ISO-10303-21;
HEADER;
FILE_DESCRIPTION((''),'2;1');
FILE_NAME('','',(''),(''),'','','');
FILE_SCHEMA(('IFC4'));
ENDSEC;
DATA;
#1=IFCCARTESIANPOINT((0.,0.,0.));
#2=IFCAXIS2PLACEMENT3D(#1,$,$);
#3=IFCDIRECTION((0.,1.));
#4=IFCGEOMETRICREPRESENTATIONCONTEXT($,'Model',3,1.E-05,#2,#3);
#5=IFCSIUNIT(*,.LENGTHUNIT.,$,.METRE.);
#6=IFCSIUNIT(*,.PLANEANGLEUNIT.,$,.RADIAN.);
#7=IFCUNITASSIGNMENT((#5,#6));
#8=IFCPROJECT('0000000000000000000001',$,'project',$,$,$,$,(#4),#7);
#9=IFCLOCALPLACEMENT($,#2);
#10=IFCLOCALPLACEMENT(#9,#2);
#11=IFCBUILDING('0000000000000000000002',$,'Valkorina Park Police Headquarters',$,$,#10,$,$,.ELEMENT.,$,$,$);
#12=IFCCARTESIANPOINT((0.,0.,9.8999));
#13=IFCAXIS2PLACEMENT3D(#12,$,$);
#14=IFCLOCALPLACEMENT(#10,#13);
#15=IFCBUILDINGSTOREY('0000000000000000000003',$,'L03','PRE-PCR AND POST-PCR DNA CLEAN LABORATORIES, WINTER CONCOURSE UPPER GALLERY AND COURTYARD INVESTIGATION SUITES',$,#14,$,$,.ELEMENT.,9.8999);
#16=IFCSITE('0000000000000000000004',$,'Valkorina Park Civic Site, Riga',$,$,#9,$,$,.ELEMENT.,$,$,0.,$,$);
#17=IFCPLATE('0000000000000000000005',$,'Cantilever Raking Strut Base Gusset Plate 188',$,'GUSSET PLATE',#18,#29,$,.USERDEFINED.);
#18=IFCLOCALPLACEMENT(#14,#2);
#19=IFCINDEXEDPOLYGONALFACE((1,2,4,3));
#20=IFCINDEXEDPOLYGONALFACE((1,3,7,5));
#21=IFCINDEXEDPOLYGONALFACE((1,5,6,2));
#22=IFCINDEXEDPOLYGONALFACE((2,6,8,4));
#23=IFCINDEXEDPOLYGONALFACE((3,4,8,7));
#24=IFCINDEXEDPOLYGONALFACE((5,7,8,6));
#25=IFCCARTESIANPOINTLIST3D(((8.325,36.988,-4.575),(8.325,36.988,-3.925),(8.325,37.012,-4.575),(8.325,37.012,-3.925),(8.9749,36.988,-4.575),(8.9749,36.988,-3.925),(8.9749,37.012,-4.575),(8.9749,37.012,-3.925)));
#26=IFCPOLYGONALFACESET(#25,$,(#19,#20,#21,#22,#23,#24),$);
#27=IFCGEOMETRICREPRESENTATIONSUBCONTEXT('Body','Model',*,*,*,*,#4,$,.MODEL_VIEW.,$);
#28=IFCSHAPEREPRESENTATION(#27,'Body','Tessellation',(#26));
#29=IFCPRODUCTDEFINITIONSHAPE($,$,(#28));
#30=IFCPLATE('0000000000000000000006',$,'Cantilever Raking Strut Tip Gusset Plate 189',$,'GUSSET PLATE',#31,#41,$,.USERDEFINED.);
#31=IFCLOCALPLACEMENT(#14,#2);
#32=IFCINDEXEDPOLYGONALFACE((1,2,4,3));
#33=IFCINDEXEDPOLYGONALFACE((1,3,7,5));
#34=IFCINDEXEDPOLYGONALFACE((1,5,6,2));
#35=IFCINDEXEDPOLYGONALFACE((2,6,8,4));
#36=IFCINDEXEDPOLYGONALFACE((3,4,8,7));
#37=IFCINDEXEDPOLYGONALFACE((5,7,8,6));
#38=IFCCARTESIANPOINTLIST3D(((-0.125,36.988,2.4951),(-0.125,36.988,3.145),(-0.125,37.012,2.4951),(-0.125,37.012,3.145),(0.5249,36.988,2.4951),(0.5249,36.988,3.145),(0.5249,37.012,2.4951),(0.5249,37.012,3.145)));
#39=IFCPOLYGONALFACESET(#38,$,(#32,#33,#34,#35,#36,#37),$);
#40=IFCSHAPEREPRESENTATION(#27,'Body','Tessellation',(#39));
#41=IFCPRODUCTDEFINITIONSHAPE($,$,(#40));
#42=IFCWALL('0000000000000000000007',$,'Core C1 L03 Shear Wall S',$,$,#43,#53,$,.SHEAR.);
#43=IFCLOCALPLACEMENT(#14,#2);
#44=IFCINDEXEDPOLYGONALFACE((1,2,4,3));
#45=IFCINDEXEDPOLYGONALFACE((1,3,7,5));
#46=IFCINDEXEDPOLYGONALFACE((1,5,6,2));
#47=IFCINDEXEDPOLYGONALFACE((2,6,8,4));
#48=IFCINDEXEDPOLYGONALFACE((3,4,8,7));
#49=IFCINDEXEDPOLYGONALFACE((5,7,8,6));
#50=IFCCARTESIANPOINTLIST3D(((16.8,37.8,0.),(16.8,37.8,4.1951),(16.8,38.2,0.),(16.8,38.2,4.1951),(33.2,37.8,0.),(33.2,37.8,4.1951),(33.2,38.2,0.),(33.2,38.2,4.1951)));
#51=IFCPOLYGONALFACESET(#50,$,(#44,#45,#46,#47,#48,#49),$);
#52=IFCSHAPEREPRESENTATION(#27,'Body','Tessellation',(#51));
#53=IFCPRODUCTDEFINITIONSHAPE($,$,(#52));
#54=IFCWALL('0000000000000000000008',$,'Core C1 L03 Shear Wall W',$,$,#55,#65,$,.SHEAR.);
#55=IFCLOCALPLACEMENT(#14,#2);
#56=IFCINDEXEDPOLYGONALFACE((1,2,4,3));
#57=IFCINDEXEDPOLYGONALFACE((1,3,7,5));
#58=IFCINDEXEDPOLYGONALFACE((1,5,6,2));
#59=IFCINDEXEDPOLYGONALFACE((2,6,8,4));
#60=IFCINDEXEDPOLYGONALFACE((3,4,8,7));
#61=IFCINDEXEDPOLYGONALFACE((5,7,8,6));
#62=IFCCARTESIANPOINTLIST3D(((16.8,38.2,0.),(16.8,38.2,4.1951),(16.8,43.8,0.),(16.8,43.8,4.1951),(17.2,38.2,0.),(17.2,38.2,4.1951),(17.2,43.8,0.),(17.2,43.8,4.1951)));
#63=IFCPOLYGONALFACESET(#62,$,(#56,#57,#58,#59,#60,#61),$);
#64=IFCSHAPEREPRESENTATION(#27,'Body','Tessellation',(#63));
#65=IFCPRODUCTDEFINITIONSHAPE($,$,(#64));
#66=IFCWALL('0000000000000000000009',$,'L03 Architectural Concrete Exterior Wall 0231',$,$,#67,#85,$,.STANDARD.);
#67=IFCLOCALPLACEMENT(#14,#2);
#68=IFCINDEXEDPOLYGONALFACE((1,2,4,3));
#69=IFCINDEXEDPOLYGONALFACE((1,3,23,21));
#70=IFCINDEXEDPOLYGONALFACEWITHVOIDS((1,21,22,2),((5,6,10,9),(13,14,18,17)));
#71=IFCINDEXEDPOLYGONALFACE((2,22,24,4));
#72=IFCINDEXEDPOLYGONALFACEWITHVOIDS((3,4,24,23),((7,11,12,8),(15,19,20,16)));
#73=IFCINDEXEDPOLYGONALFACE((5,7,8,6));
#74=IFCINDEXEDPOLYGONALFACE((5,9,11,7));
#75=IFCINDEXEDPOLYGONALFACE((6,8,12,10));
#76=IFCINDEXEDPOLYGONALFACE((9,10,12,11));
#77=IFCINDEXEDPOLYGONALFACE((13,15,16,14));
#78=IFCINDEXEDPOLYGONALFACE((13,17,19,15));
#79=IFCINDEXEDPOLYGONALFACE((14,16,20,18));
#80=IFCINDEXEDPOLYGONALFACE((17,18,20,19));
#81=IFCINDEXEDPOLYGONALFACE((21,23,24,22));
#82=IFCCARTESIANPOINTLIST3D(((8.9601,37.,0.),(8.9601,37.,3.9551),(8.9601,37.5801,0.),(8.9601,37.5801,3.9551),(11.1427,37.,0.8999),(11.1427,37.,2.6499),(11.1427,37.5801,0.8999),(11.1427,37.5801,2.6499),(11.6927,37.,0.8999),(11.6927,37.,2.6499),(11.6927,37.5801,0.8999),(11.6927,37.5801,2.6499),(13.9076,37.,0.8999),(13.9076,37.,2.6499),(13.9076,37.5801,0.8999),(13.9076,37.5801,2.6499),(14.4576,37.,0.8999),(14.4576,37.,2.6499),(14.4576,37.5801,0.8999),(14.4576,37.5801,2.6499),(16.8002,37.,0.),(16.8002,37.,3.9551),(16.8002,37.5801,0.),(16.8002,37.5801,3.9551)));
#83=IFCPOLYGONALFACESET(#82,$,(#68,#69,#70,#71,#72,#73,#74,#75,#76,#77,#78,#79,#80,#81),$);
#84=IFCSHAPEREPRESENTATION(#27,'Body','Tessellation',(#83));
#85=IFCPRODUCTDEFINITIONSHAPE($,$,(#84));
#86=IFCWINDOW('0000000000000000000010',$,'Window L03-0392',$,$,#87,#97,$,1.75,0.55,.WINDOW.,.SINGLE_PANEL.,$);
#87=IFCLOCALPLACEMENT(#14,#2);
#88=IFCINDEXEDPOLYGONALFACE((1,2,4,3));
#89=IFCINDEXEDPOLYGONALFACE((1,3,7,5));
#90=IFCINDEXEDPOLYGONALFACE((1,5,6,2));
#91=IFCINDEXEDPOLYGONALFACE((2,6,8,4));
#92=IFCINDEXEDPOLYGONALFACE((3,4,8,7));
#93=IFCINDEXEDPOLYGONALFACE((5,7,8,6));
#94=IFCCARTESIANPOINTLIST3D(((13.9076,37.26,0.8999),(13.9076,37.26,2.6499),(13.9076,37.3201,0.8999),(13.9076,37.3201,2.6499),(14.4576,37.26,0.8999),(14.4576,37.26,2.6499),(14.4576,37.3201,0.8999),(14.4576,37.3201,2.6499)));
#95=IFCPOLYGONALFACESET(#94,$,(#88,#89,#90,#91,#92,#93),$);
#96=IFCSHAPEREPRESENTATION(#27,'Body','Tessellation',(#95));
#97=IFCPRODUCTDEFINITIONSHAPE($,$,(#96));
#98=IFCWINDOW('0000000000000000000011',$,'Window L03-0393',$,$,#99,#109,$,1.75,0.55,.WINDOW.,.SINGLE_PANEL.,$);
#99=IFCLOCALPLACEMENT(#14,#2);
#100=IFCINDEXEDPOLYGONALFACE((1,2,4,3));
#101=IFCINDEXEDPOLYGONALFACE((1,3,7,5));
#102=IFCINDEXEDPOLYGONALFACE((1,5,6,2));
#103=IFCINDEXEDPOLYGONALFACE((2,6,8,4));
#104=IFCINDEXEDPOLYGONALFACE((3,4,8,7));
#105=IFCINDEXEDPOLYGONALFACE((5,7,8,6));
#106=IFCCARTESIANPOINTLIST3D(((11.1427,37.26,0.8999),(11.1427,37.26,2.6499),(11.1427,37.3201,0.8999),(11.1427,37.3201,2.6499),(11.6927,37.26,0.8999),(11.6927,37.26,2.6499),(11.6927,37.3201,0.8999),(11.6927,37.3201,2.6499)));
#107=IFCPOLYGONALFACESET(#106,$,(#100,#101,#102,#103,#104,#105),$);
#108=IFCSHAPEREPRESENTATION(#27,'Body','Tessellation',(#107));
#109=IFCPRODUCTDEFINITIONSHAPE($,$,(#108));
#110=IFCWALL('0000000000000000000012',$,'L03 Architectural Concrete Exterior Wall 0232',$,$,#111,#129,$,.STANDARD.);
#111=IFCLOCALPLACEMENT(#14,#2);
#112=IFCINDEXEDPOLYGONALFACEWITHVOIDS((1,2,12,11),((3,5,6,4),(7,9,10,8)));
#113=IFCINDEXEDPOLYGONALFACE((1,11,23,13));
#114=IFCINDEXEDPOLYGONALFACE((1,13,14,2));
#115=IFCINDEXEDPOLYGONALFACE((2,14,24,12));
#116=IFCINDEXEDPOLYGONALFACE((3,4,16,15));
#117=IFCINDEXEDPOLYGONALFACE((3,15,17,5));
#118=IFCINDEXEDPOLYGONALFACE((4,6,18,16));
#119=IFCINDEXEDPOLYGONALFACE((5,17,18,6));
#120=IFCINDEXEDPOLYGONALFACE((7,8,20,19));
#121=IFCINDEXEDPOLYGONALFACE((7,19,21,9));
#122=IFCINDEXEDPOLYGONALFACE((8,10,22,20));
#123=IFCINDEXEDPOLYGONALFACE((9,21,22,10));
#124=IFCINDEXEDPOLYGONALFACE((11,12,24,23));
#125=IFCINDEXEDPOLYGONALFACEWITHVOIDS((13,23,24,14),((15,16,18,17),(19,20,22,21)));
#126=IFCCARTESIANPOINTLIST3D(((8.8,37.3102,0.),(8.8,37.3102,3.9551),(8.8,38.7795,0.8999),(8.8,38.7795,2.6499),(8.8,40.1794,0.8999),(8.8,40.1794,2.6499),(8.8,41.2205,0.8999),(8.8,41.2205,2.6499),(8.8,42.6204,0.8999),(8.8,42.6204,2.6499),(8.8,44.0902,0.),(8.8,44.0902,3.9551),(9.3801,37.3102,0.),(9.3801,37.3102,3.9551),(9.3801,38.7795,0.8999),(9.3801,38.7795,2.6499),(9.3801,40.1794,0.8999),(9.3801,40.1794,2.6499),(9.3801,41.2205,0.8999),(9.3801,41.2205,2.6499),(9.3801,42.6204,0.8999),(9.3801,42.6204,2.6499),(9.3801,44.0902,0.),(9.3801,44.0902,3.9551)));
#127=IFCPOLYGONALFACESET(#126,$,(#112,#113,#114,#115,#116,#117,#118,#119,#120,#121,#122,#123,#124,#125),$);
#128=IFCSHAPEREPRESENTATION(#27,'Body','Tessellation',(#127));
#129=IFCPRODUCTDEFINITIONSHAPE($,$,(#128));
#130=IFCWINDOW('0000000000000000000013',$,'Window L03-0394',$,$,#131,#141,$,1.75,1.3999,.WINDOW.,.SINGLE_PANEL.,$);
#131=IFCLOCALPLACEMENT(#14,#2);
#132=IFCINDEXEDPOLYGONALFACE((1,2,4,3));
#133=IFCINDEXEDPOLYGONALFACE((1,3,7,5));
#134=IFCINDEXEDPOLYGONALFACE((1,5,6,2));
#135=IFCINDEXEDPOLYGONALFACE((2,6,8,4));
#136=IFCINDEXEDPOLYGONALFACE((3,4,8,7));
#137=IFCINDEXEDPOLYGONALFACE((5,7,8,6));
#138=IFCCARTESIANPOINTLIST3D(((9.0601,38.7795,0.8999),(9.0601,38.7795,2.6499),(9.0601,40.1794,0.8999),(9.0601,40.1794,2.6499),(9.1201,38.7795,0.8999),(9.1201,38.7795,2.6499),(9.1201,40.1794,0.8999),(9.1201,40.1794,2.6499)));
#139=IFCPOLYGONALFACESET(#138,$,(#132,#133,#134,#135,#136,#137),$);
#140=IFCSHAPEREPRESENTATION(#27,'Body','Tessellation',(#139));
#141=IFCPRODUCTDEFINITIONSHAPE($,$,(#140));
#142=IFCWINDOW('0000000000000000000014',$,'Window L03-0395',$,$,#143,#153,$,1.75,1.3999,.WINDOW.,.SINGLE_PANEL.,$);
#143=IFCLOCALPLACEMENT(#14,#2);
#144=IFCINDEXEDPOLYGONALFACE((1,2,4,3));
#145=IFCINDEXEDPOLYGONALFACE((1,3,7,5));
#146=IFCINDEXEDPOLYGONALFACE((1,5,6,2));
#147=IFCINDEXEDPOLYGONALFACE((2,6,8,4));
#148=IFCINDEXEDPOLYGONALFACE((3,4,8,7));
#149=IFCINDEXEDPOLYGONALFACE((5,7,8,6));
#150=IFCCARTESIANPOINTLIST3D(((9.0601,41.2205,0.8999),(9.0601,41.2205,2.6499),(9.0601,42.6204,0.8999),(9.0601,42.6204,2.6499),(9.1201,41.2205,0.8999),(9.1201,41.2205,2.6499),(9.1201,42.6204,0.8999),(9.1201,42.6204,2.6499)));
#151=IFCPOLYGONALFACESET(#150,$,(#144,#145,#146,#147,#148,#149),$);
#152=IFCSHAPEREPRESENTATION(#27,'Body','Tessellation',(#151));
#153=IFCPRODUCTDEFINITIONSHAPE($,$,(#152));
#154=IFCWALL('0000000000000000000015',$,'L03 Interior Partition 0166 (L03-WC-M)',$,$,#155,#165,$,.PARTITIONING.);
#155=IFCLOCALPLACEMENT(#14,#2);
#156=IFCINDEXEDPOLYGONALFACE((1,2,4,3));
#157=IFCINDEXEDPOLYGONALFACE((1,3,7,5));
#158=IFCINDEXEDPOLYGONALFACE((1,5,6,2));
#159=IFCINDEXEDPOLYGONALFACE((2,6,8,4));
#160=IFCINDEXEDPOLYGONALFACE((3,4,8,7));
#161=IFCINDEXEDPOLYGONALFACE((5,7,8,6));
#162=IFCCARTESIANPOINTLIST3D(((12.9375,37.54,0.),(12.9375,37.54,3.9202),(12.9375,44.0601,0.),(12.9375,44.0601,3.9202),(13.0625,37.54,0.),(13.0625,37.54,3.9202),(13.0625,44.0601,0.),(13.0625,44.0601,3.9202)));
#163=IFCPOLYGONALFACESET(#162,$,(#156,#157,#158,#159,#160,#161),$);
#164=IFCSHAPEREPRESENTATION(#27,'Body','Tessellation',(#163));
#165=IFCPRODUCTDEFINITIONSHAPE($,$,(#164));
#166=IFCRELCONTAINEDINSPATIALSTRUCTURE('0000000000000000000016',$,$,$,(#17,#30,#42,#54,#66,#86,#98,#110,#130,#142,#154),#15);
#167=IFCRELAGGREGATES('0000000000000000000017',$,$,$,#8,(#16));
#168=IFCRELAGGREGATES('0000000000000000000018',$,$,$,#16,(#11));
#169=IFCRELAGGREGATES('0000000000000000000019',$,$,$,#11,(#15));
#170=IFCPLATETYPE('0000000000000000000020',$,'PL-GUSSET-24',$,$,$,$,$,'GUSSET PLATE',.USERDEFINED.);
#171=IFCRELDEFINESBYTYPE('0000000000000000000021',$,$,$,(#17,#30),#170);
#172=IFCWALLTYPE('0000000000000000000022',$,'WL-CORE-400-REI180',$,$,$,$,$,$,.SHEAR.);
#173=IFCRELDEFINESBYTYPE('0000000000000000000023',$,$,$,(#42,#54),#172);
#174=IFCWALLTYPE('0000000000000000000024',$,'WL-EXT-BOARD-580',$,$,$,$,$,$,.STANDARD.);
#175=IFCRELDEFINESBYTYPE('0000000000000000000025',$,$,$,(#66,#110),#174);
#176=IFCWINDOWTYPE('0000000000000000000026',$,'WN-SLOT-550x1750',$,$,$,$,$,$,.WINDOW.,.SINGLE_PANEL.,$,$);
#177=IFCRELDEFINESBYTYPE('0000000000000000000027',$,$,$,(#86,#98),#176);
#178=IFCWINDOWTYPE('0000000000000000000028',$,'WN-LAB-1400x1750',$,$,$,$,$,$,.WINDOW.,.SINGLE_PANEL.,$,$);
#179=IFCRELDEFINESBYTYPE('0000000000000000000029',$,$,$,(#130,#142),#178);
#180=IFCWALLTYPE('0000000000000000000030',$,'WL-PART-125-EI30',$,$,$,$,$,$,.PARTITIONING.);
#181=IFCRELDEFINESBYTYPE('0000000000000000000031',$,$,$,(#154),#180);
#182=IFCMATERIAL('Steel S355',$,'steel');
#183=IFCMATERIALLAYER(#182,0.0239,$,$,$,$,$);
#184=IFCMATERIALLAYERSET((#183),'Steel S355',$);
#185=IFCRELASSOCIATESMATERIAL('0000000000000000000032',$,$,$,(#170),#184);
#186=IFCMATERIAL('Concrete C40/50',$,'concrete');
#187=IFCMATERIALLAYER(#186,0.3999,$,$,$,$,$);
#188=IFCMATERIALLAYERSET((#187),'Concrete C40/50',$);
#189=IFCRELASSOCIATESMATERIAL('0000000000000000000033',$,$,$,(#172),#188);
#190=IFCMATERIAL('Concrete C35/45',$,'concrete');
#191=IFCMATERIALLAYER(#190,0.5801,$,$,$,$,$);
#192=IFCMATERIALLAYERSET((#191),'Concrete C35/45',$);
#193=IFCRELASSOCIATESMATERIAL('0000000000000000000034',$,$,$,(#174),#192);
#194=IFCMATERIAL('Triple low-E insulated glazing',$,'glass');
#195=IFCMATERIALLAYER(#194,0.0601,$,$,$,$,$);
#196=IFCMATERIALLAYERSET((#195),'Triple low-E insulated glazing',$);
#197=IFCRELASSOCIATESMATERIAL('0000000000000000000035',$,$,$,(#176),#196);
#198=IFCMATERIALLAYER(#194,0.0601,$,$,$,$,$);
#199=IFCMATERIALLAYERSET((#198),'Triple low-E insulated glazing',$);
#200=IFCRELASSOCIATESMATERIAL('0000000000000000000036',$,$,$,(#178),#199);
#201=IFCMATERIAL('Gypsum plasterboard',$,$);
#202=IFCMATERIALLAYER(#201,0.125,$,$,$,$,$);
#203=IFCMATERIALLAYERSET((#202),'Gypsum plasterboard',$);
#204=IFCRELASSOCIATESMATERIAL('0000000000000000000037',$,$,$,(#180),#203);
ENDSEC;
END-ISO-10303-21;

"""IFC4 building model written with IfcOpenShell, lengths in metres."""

from ifc_helpers import new_model, si_unit, direction, frame, frame_2d, origin, origin_2d, place, context, subcontext, project, spatial, rectangle, extrude, material, layer, layer_set, type_object, element, fill, save


model = new_model("IFC4")

# Units and contexts
model_context = context("Model", 3, precision=1e-05, world=origin(), true_north=direction((0.0, 1.0)))
body_context = subcontext(model_context, "Body", "Model", "MODEL_VIEW")
ifc_project = project(units=[si_unit("LENGTHUNIT", "METRE"), si_unit("PLANEANGLEUNIT", "RADIAN")], contexts=[model_context])

# Site, building, storey
site_placement = place(None, origin())
site = spatial("IfcSite", under=ifc_project, at=site_placement, Name="Valkorina Park Civic Site, Riga", CompositionType="ELEMENT", RefElevation=0.0)
building_placement = place(site_placement, origin())
building = spatial("IfcBuilding", under=site, at=building_placement, Name="Valkorina Park Police Headquarters", CompositionType="ELEMENT")
storey_placement = place(building_placement, frame((0.0, 0.0, 9.8999)))
storey = spatial("IfcBuildingStorey", under=building, at=storey_placement, Name="L03", Description="PRE-PCR AND POST-PCR DNA CLEAN LABORATORIES, WINTER CONCOURSE UPPER GALLERY AND COURTYARD INVESTIGATION SUITES", CompositionType="ELEMENT", Elevation=9.8999)

# Shared definitions
ifc_material_1 = material(Name="Steel S355", Category="steel")

# Plates
ifc_layer_1 = layer(ifc_material_1, 0.0239)
ifc_layer_set_1 = layer_set([ifc_layer_1], Name="Steel S355")
plate_type = type_object("IfcPlateType", Name="PL-GUSSET-24", ElementType="GUSSET PLATE", PredefinedType="USERDEFINED", material=ifc_layer_set_1)
for number, where, z_axis, x_axis, name in (
    (1, (8.6499, 37.0, -4.575), (0.0, 0.0, 1.0), (1.0, 0.0, 0.0), "Cantilever Raking Strut Base Gusset Plate 188"),
    (2, (0.2, 37.0, 2.4951), (0.0, 0.0, 1.0), (1.0, 0.0, 0.0), "Cantilever Raking Strut Tip Gusset Plate 189"),
):
    element("IfcPlate", number, at=place(storey_placement, frame(where, z_axis=z_axis, x_axis=x_axis)), inside=storey, type_object=plate_type, Name=name, ObjectType="GUSSET PLATE", PredefinedType="USERDEFINED", context=body_context, shape_type="SweptSolid", body=[
        extrude(rectangle(XDim=0.6499, YDim=0.0239, at=origin_2d()), origin(), (0.0, 0.0, 1.0), 0.6499),
    ])

# Walls
ifc_material_2 = material(Name="Concrete C40/50", Category="concrete")
ifc_layer_2 = layer(ifc_material_2, 0.3999)
ifc_layer_set_2 = layer_set([ifc_layer_2], Name="Concrete C40/50")
wall_type_1 = type_object("IfcWallType", Name="WL-CORE-400-REI180", PredefinedType="SHEAR", material=ifc_layer_set_2)
wall_1_placement = place(storey_placement, frame((16.8, 38.0, 0.0), z_axis=(0.0, 0.0, 1.0), x_axis=(1.0, 0.0, 0.0)))
element("IfcWall", 3, at=wall_1_placement, inside=storey, type_object=wall_type_1, Name="Core C1 L03 Shear Wall S", PredefinedType="SHEAR", context=body_context, shape_type="SweptSolid", body=[
    extrude(rectangle(XDim=16.3999, YDim=0.3999, at=frame_2d((8.2, 0.0))), origin(), (0.0, 0.0, 1.0), 4.1951),
])
wall_2_placement = place(storey_placement, frame((17.0, 38.2, 0.0), z_axis=(0.0, 0.0, 1.0), x_axis=(0.0, 1.0, 0.0)))
element("IfcWall", 4, at=wall_2_placement, inside=storey, type_object=wall_type_1, Name="Core C1 L03 Shear Wall W", PredefinedType="SHEAR", context=body_context, shape_type="SweptSolid", body=[
    extrude(rectangle(XDim=5.6001, YDim=0.3999, at=frame_2d((2.8, 0.0))), origin(), (0.0, 0.0, 1.0), 4.1951),
])

# Walls, openings, windows
ifc_material_3 = material(Name="Concrete C35/45", Category="concrete")
ifc_layer_3 = layer(ifc_material_3, 0.5801)
ifc_layer_set_3 = layer_set([ifc_layer_3], Name="Concrete C35/45")
wall_type_2 = type_object("IfcWallType", Name="WL-EXT-BOARD-580", PredefinedType="STANDARD", material=ifc_layer_set_3)
wall_3_placement = place(storey_placement, frame((16.8, 37.29, 0.0), z_axis=(0.0, 0.0, 1.0), x_axis=(-1.0, 0.0, 0.0)))
wall_3 = element("IfcWall", 5, at=wall_3_placement, inside=storey, type_object=wall_type_2, Name="L03 Architectural Concrete Exterior Wall 0231", PredefinedType="STANDARD", context=body_context, shape_type="SweptSolid", body=[
    extrude(rectangle(XDim=7.8401, YDim=0.5801, at=frame_2d((3.9199, 0.0))), origin(), (0.0, 0.0, 1.0), 3.9551),
])
opening_1_placement = place(wall_3_placement, frame((2.3425, 0.0, 0.8999)))
opening_1 = element("IfcOpeningElement", 6, at=opening_1_placement, cuts=wall_3, PredefinedType="OPENING", context=body_context, shape_type="SweptSolid", body=[
    extrude(rectangle(XDim=0.55, YDim=1.75, at=frame_2d((0.2749, 0.875))), frame((0.0, 0.3, 0.0), z_axis=(0.0, -1.0, 0.0), x_axis=(1.0, 0.0, 0.0)), (0.0, 0.0, 1.0), 0.6001),
])
opening_2_placement = place(wall_3_placement, frame((5.1074, 0.0, 0.8999)))
opening_2 = element("IfcOpeningElement", 7, at=opening_2_placement, cuts=wall_3, PredefinedType="OPENING", context=body_context, shape_type="SweptSolid", body=[
    extrude(rectangle(XDim=0.55, YDim=1.75, at=frame_2d((0.2749, 0.875))), frame((0.0, 0.3, 0.0), z_axis=(0.0, -1.0, 0.0), x_axis=(1.0, 0.0, 0.0)), (0.0, 0.0, 1.0), 0.6001),
])
ifc_material_4 = material(Name="Triple low-E insulated glazing", Category="glass")
ifc_layer_4 = layer(ifc_material_4, 0.0601)
ifc_layer_set_4 = layer_set([ifc_layer_4], Name="Triple low-E insulated glazing")
window_type_1 = type_object("IfcWindowType", Name="WN-SLOT-550x1750", PartitioningType="SINGLE_PANEL", PredefinedType="WINDOW", material=ifc_layer_set_4)
window_1_placement = place(opening_1_placement, origin())
window_1 = element("IfcWindow", 8, at=window_1_placement, inside=storey, type_object=window_type_1, Name="Window L03-0392", OverallHeight=1.75, OverallWidth=0.55, PartitioningType="SINGLE_PANEL", PredefinedType="WINDOW", context=body_context, shape_type="SweptSolid", body=[
    extrude(rectangle(XDim=0.55, YDim=1.75, at=frame_2d((0.2749, 0.875))), frame((0.0, 0.03, 0.0), z_axis=(0.0, -1.0, 0.0), x_axis=(1.0, 0.0, 0.0)), (0.0, 0.0, 1.0), 0.0601),
])
fill(opening_1, window_1)
window_2_placement = place(opening_2_placement, origin())
window_2 = element("IfcWindow", 9, at=window_2_placement, inside=storey, type_object=window_type_1, Name="Window L03-0393", OverallHeight=1.75, OverallWidth=0.55, PartitioningType="SINGLE_PANEL", PredefinedType="WINDOW", context=body_context, shape_type="SweptSolid", body=[
    extrude(rectangle(XDim=0.55, YDim=1.75, at=frame_2d((0.2749, 0.875))), frame((0.0, 0.03, 0.0), z_axis=(0.0, -1.0, 0.0), x_axis=(1.0, 0.0, 0.0)), (0.0, 0.0, 1.0), 0.0601),
])
fill(opening_2, window_2)
wall_4_placement = place(storey_placement, frame((9.0901, 37.3101, 0.0), z_axis=(0.0, 0.0, 1.0), x_axis=(0.0, 1.0, 0.0)))
wall_4 = element("IfcWall", 10, at=wall_4_placement, inside=storey, type_object=wall_type_2, Name="L03 Architectural Concrete Exterior Wall 0232", PredefinedType="STANDARD", context=body_context, shape_type="SweptSolid", body=[
    extrude(rectangle(XDim=6.78, YDim=0.5801, at=frame_2d((3.3901, 0.0))), origin(), (0.0, 0.0, 1.0), 3.9551),
])
opening_3_placement = place(wall_4_placement, frame((1.4695, 0.0, 0.8999)))
opening_3 = element("IfcOpeningElement", 11, at=opening_3_placement, cuts=wall_4, PredefinedType="OPENING", context=body_context, shape_type="SweptSolid", body=[
    extrude(rectangle(XDim=1.3999, YDim=1.75, at=frame_2d((0.7, 0.875))), frame((0.0, 0.3, 0.0), z_axis=(0.0, -1.0, 0.0), x_axis=(1.0, 0.0, 0.0)), (0.0, 0.0, 1.0), 0.6001),
])
opening_4_placement = place(wall_4_placement, frame((3.9104, 0.0, 0.8999)))
opening_4 = element("IfcOpeningElement", 12, at=opening_4_placement, cuts=wall_4, PredefinedType="OPENING", context=body_context, shape_type="SweptSolid", body=[
    extrude(rectangle(XDim=1.3999, YDim=1.75, at=frame_2d((0.7, 0.875))), frame((0.0, 0.3, 0.0), z_axis=(0.0, -1.0, 0.0), x_axis=(1.0, 0.0, 0.0)), (0.0, 0.0, 1.0), 0.6001),
])
ifc_layer_5 = layer(ifc_material_4, 0.0601)
ifc_layer_set_5 = layer_set([ifc_layer_5], Name="Triple low-E insulated glazing")
window_type_2 = type_object("IfcWindowType", Name="WN-LAB-1400x1750", PartitioningType="SINGLE_PANEL", PredefinedType="WINDOW", material=ifc_layer_set_5)
window_3_placement = place(opening_3_placement, origin())
window_3 = element("IfcWindow", 13, at=window_3_placement, inside=storey, type_object=window_type_2, Name="Window L03-0394", OverallHeight=1.75, OverallWidth=1.3999, PartitioningType="SINGLE_PANEL", PredefinedType="WINDOW", context=body_context, shape_type="SweptSolid", body=[
    extrude(rectangle(XDim=1.3999, YDim=1.75, at=frame_2d((0.7, 0.875))), frame((0.0, 0.03, 0.0), z_axis=(0.0, -1.0, 0.0), x_axis=(1.0, 0.0, 0.0)), (0.0, 0.0, 1.0), 0.0601),
])
fill(opening_3, window_3)
window_4_placement = place(opening_4_placement, origin())
window_4 = element("IfcWindow", 14, at=window_4_placement, inside=storey, type_object=window_type_2, Name="Window L03-0395", OverallHeight=1.75, OverallWidth=1.3999, PartitioningType="SINGLE_PANEL", PredefinedType="WINDOW", context=body_context, shape_type="SweptSolid", body=[
    extrude(rectangle(XDim=1.3999, YDim=1.75, at=frame_2d((0.7, 0.875))), frame((0.0, 0.03, 0.0), z_axis=(0.0, -1.0, 0.0), x_axis=(1.0, 0.0, 0.0)), (0.0, 0.0, 1.0), 0.0601),
])
fill(opening_4, window_4)

# Wall
ifc_material_5 = material(Name="Gypsum plasterboard")
ifc_layer_6 = layer(ifc_material_5, 0.125)
ifc_layer_set_6 = layer_set([ifc_layer_6], Name="Gypsum plasterboard")
wall_type_3 = type_object("IfcWallType", Name="WL-PART-125-EI30", PredefinedType="PARTITIONING", material=ifc_layer_set_6)
wall_5_placement = place(storey_placement, frame((13.0, 37.54, 0.0), z_axis=(0.0, 0.0, 1.0), x_axis=(0.0, 1.0, 0.0)))
element("IfcWall", 15, at=wall_5_placement, inside=storey, type_object=wall_type_3, Name="L03 Interior Partition 0166 (L03-WC-M)", PredefinedType="PARTITIONING", context=body_context, shape_type="SweptSolid", body=[
    extrude(rectangle(XDim=6.52, YDim=0.125, at=frame_2d((3.26, 0.0))), origin(), (0.0, 0.0, 1.0), 3.9202),
])

save(model, "model.ifc")
